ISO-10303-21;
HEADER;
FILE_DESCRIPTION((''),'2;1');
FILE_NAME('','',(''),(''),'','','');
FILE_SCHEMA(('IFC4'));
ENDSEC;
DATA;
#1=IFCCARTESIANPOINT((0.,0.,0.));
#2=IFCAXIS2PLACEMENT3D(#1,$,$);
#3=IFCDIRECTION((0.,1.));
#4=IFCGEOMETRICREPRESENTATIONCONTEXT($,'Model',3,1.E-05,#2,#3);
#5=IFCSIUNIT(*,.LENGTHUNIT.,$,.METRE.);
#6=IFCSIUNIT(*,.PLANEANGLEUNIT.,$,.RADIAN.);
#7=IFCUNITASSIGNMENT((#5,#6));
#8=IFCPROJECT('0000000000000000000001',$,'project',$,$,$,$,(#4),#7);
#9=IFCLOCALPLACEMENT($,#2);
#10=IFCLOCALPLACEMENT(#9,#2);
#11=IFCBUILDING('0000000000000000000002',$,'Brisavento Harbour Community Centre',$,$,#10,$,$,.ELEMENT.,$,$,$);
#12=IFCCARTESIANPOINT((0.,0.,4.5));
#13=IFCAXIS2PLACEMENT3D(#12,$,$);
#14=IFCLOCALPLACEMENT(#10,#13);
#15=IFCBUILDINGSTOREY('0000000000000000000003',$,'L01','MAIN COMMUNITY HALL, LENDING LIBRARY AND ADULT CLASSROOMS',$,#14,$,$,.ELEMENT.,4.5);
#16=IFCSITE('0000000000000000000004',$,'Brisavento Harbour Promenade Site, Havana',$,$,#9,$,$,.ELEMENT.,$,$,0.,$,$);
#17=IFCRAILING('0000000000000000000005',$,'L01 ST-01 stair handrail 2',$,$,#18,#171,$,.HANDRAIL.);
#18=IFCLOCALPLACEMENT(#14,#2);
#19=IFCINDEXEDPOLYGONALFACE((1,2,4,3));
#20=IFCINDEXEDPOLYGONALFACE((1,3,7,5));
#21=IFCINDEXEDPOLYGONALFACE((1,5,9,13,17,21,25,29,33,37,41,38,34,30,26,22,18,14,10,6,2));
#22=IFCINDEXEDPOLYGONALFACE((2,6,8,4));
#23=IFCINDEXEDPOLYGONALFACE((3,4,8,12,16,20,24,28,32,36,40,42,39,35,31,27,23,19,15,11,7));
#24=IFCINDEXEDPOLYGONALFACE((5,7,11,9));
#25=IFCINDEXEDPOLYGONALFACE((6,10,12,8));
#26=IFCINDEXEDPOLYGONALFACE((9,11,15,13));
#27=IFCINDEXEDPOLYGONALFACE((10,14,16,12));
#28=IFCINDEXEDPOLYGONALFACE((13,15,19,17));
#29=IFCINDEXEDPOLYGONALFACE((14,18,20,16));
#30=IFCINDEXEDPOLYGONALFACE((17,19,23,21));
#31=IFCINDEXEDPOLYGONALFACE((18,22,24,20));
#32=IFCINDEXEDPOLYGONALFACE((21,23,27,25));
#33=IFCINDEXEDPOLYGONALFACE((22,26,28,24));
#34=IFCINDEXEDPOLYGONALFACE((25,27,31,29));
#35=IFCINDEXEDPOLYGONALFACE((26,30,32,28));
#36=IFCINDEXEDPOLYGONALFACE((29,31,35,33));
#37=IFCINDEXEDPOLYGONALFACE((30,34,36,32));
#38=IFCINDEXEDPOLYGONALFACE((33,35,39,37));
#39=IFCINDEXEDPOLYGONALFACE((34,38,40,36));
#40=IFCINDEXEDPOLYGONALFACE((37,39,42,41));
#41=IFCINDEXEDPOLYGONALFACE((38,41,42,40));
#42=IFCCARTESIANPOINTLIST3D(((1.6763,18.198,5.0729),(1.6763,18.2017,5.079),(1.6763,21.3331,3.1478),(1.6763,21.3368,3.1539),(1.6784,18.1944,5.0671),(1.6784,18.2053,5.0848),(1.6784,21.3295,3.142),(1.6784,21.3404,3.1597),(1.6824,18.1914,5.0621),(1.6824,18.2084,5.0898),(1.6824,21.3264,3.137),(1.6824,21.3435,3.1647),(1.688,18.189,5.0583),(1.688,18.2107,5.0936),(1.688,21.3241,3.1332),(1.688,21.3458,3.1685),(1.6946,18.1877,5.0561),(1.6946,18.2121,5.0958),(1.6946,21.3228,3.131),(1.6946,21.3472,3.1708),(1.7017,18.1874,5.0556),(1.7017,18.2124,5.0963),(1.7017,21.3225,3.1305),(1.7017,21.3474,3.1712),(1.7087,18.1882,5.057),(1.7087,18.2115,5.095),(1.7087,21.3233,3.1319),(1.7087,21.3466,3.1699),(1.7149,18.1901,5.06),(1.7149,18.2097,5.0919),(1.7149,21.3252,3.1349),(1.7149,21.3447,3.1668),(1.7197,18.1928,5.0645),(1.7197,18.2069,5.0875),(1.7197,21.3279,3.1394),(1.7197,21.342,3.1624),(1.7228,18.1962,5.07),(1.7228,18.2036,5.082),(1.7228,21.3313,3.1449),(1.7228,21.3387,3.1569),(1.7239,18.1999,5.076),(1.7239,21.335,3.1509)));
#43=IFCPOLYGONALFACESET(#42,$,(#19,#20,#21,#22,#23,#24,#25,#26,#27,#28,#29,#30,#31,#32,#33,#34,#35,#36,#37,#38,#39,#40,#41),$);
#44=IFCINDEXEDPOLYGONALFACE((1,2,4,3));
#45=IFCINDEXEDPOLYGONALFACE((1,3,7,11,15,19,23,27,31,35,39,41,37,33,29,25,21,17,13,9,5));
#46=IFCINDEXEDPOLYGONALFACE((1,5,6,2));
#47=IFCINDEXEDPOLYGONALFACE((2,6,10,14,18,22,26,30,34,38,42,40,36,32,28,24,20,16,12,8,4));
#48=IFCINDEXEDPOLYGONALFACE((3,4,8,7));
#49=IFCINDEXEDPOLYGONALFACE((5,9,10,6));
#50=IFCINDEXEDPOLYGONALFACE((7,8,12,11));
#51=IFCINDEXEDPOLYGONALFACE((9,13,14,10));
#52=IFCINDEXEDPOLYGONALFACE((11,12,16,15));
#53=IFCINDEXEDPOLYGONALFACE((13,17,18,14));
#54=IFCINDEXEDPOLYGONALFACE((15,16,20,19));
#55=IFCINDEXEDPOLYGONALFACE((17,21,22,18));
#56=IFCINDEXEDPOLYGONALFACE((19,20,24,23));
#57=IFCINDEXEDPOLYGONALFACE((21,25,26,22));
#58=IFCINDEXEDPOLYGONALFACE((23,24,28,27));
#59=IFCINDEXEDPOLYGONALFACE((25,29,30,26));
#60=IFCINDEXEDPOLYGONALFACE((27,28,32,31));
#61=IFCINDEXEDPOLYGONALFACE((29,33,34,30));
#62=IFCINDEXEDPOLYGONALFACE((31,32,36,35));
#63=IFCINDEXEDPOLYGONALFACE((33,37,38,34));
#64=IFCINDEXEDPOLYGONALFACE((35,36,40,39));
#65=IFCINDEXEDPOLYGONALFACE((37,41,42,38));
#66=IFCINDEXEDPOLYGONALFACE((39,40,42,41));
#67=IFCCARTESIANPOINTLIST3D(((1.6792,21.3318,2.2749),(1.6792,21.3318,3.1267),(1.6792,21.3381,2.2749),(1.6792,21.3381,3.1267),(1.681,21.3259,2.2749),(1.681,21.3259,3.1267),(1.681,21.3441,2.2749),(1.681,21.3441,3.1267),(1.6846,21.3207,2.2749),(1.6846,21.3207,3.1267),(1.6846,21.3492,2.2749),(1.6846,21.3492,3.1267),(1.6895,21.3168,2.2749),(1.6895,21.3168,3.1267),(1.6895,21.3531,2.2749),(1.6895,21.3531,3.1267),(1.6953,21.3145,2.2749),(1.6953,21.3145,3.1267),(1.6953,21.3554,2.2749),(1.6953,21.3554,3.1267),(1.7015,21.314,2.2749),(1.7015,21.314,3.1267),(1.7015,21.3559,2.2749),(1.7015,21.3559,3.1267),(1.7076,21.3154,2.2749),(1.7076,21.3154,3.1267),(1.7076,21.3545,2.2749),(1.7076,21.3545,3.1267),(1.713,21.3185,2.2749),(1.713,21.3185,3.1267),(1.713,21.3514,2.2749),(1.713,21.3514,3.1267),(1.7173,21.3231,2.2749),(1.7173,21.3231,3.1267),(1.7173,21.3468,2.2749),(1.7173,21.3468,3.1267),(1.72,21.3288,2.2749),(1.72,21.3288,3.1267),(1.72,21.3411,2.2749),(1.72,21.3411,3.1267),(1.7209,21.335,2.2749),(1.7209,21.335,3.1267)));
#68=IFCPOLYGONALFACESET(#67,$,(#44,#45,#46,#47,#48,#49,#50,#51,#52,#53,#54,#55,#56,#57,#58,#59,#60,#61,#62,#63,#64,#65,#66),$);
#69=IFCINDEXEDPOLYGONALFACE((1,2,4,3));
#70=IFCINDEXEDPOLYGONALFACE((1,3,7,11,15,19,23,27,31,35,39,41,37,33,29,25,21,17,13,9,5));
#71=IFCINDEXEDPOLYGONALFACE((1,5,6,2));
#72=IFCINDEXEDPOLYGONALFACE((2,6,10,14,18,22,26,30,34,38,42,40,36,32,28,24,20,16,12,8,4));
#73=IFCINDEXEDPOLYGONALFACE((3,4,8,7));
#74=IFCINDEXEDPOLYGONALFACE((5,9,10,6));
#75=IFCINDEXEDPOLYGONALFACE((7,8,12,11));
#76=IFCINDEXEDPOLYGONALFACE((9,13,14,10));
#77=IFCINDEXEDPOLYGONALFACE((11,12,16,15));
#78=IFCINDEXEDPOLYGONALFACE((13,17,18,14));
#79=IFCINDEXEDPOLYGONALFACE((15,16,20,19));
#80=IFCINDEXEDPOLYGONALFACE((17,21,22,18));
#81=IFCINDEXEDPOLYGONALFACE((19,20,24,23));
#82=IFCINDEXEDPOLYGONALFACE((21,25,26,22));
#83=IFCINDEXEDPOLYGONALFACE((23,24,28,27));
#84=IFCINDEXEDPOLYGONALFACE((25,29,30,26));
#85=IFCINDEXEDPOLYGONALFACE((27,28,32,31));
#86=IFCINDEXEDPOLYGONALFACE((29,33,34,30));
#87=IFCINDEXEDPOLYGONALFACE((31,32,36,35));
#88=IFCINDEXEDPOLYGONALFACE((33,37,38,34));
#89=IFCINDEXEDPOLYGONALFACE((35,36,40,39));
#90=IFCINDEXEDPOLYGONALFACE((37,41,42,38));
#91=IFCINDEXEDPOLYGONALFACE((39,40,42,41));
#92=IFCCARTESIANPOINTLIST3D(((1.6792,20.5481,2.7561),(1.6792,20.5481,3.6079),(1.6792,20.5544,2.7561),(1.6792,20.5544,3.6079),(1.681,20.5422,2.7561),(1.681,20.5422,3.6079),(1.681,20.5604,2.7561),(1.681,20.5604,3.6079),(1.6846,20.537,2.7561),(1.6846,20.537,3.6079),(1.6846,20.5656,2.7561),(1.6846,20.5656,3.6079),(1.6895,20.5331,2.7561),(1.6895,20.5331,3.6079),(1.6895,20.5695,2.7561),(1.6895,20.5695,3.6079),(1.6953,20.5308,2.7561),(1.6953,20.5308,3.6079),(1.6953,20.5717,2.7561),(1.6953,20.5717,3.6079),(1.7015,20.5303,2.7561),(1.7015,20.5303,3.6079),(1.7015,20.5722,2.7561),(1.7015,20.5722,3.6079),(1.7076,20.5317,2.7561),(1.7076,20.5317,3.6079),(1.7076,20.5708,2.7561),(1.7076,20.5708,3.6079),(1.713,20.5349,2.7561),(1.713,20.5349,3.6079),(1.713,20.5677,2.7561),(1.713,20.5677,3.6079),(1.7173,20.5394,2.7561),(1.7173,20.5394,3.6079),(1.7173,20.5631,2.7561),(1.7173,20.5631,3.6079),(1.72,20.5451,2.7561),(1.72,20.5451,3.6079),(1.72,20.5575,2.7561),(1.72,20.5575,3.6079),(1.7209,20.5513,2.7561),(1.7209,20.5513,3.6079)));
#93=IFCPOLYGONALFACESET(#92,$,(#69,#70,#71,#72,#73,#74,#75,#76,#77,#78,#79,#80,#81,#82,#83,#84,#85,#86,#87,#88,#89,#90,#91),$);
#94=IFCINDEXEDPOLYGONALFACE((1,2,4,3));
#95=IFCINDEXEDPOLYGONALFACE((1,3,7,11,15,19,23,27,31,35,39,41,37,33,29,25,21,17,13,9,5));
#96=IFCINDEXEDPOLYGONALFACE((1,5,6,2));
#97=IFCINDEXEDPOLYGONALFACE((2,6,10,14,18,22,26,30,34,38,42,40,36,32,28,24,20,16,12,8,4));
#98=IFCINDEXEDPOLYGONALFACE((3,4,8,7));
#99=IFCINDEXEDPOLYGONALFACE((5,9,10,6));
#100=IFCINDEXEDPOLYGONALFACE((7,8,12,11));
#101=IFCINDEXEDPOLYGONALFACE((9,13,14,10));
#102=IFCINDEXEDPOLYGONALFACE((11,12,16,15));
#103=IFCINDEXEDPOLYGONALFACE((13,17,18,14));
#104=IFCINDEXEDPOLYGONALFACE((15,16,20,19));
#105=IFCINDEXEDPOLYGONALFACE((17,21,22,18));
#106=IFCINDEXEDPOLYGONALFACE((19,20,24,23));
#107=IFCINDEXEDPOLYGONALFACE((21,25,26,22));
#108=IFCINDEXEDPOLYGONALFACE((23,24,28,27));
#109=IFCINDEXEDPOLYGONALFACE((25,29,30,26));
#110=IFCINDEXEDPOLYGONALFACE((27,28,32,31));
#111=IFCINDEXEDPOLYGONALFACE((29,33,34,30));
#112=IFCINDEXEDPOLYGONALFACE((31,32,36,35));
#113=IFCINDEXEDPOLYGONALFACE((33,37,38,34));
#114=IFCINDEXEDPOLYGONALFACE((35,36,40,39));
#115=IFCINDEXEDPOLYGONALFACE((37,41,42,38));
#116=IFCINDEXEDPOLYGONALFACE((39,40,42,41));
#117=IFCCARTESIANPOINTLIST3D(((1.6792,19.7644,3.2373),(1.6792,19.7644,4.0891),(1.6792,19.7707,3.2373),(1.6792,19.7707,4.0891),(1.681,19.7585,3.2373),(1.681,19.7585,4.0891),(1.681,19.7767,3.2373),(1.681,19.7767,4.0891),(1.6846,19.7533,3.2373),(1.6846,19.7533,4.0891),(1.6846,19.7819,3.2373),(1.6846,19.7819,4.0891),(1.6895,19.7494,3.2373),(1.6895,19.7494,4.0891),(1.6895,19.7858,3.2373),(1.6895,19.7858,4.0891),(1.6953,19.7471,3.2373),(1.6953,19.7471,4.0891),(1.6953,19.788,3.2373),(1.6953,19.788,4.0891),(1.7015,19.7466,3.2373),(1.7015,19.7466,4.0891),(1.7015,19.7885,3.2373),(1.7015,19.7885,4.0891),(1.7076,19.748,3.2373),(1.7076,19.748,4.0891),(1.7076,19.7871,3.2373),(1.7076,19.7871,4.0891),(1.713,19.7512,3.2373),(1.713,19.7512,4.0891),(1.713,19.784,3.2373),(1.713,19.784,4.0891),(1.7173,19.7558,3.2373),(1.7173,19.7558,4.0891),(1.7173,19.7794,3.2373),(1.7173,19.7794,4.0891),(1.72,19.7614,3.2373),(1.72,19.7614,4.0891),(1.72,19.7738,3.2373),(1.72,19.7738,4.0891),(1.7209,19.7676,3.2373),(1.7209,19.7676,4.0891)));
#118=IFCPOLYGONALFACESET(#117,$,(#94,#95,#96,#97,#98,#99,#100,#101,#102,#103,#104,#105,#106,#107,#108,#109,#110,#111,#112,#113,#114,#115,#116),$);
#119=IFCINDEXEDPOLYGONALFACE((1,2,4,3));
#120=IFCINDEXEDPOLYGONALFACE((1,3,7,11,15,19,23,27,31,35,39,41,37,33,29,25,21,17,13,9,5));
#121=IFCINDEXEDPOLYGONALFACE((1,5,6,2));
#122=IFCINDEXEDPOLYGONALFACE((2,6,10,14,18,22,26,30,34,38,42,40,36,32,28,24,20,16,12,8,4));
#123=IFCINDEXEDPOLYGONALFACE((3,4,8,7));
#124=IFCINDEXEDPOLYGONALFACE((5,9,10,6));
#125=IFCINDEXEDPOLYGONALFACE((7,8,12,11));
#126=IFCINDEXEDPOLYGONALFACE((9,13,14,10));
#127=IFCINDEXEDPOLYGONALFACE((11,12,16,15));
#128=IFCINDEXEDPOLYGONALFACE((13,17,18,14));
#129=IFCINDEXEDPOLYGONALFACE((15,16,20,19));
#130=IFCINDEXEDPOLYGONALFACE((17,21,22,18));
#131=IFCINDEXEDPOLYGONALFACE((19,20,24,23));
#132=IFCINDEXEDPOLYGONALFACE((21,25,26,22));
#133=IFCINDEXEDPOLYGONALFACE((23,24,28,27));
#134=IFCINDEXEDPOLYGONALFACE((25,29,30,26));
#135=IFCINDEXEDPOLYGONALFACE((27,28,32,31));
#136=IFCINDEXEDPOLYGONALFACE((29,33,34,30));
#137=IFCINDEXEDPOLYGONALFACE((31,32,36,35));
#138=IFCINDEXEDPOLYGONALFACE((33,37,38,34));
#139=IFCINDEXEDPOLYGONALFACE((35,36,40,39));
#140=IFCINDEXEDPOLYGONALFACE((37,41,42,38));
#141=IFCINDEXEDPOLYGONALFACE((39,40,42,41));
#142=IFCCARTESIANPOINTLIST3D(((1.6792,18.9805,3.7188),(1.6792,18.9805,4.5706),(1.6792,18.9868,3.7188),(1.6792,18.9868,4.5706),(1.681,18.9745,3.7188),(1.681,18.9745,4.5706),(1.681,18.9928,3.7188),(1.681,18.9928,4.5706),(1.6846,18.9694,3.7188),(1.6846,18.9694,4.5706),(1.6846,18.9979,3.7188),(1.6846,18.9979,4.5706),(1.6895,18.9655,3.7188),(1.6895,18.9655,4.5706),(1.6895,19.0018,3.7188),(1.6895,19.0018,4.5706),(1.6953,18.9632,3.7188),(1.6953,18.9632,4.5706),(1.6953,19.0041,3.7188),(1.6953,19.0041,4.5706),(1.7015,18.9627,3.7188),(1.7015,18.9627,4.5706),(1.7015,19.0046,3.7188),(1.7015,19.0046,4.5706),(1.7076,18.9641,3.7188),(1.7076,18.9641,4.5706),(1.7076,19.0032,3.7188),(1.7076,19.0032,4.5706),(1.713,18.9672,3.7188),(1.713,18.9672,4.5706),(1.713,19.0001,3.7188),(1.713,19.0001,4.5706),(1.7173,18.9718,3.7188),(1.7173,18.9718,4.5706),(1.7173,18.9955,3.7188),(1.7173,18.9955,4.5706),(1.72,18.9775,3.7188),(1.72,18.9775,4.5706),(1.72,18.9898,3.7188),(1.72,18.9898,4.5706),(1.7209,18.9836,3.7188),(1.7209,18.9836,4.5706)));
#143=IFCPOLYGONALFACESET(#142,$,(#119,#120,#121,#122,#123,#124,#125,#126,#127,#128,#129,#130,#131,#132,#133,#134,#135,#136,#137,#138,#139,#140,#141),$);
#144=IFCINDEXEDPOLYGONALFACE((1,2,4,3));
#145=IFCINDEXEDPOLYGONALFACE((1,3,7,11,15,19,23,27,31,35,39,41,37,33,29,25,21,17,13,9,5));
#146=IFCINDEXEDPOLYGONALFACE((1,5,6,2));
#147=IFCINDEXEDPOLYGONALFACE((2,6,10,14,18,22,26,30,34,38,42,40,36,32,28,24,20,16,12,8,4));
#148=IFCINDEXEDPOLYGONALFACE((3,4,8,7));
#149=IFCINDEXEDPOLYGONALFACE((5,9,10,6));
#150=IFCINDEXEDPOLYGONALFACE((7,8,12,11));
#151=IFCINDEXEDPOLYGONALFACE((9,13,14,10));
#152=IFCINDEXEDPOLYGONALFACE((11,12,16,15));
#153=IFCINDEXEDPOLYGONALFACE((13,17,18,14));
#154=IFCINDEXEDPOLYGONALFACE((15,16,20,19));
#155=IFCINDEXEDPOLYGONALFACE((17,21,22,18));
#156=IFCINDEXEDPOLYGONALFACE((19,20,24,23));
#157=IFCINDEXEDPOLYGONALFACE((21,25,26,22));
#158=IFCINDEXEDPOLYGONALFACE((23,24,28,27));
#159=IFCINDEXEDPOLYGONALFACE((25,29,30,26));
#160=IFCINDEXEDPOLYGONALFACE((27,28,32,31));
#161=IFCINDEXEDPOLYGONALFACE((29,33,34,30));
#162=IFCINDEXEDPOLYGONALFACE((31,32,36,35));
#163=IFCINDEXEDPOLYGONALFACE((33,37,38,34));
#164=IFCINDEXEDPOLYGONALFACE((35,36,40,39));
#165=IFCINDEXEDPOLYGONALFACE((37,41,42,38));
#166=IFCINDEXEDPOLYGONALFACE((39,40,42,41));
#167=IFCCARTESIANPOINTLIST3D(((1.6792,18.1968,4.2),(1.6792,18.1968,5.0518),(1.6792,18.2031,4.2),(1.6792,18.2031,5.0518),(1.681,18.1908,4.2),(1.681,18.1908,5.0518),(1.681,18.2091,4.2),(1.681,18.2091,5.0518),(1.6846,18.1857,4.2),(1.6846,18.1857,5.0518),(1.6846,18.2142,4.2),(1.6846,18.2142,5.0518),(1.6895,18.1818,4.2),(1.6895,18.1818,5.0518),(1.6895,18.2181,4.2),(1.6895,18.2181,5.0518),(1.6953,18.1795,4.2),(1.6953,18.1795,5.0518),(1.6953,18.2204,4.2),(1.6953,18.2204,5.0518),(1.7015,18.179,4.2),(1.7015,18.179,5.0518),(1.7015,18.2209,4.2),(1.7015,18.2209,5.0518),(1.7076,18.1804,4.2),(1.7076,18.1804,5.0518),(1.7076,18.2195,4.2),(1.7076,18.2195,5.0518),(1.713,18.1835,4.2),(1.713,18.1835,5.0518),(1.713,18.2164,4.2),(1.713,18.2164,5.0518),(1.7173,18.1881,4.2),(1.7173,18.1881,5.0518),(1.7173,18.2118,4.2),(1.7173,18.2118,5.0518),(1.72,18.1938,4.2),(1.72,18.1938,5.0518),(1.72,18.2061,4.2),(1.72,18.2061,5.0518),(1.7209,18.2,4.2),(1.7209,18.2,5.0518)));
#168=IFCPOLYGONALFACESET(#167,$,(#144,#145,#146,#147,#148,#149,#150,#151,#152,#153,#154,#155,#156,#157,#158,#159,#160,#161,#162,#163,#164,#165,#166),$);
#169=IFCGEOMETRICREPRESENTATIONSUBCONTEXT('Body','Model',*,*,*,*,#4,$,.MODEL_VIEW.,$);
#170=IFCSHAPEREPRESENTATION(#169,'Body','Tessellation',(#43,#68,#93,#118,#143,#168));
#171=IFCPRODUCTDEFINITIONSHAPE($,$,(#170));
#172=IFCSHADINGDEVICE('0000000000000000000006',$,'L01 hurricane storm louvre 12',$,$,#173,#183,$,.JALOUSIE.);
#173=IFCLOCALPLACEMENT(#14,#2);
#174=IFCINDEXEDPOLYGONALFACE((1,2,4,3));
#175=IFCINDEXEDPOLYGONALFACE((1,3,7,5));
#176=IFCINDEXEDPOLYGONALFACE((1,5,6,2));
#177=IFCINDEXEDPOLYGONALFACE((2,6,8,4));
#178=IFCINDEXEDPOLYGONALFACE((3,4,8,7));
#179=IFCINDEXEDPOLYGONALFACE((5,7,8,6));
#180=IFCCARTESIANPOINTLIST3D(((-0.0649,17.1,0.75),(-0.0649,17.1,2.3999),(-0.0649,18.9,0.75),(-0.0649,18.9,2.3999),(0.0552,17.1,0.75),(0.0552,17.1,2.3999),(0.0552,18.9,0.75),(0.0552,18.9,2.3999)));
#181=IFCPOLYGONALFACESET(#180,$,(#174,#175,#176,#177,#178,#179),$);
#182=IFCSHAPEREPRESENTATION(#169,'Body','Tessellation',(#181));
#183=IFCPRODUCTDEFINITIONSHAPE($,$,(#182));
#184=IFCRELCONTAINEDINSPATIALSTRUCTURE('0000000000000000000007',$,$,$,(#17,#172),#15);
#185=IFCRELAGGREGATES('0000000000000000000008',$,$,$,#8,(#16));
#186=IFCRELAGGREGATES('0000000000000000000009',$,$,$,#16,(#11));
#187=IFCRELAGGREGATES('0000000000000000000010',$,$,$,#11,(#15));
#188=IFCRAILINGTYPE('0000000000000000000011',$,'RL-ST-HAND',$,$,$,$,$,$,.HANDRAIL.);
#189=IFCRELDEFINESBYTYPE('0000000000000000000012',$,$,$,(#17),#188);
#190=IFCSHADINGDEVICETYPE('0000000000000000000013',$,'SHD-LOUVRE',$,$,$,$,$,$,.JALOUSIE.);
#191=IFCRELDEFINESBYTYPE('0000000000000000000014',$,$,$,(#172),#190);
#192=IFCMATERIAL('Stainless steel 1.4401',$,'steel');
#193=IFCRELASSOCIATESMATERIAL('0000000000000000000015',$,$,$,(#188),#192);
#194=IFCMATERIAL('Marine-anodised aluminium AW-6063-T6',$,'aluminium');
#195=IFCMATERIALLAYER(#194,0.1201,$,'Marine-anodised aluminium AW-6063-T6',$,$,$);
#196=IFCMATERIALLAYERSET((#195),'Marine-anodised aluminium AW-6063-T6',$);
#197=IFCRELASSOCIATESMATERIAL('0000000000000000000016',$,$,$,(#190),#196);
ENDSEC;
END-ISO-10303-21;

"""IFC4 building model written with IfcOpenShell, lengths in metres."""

from ifc_helpers import new_model, si_unit, direction, frame, origin, origin_2d, place, context, subcontext, project, spatial, rectangle, circle, extrude, material, layer, layer_set, type_object, element, save


model = new_model("IFC4")

# Units and contexts
model_context = context("Model", 3, precision=1e-05, world=origin(), true_north=direction((0.0, 1.0)))
body_context = subcontext(model_context, "Body", "Model", "MODEL_VIEW")
ifc_project = project(units=[si_unit("LENGTHUNIT", "METRE"), si_unit("PLANEANGLEUNIT", "RADIAN")], contexts=[model_context])

# Site, building, storey
site_placement = place(None, origin())
site = spatial("IfcSite", under=ifc_project, at=site_placement, Name="Brisavento Harbour Promenade Site, Havana", CompositionType="ELEMENT", RefElevation=0.0)
building_placement = place(site_placement, origin())
building = spatial("IfcBuilding", under=site, at=building_placement, Name="Brisavento Harbour Community Centre", CompositionType="ELEMENT")
storey_placement = place(building_placement, frame((0.0, 0.0, 4.5)))
storey = spatial("IfcBuildingStorey", under=building, at=storey_placement, Name="L01", Description="MAIN COMMUNITY HALL, LENDING LIBRARY AND ADULT CLASSROOMS", CompositionType="ELEMENT", Elevation=4.5)

# Shared definitions
ifc_material_1 = material(Name="Marine-anodised aluminium AW-6063-T6", Category="aluminium")

# Shared definitions
ifc_material_2 = material(Name="Stainless steel 1.4401", Category="steel")

# Railing
railing_type_1 = type_object("IfcRailingType", Name="RL-ST-HAND", PredefinedType="HANDRAIL", material=ifc_material_2)
railing_1_placement = place(storey_placement, frame((1.7, 21.335, 2.2749)))
element("IfcRailing", 1, at=railing_1_placement, inside=storey, type_object=railing_type_1, Name="L01 ST-01 stair handrail 2", PredefinedType="HANDRAIL", context=body_context, shape_type="SweptSolid", body=[
    extrude(circle(Radius=0.0239, at=origin_2d()), frame((0.0, 0.0, 0.876), z_axis=(0.0, -0.852166, 0.523271), x_axis=(1.0, 0.0, 0.0)), (0.0, 0.0, 1.0), 3.679),
    extrude(circle(Radius=0.021, at=origin_2d()), origin(), (0.0, 0.0, 1.0), 0.8518),
    extrude(circle(Radius=0.021, at=origin_2d()), frame((0.0, -0.7837, 0.4812)), (0.0, 0.0, 1.0), 0.8518),
    extrude(circle(Radius=0.021, at=origin_2d()), frame((0.0, -1.5674, 0.9624)), (0.0, 0.0, 1.0), 0.8518),
    extrude(circle(Radius=0.021, at=origin_2d()), frame((0.0, -2.3513, 1.4438)), (0.0, 0.0, 1.0), 0.8518),
    extrude(circle(Radius=0.021, at=origin_2d()), frame((0.0, -3.135, 1.925)), (0.0, 0.0, 1.0), 0.8518),
])

# Shading device
ifc_layer_1 = layer(ifc_material_1, 0.1201, Name="Marine-anodised aluminium AW-6063-T6")
ifc_layer_set_1 = layer_set([ifc_layer_1], Name="Marine-anodised aluminium AW-6063-T6")
shading_device_type = type_object("IfcShadingDeviceType", Name="SHD-LOUVRE", PredefinedType="JALOUSIE", material=ifc_layer_set_1)
shading_device_placement = place(storey_placement, frame((-0.0049, 18.0, 0.75), z_axis=(0.0, 0.0, 1.0), x_axis=(0.0, 1.0, 0.0)))
element("IfcShadingDevice", 2, at=shading_device_placement, inside=storey, type_object=shading_device_type, Name="L01 hurricane storm louvre 12", PredefinedType="JALOUSIE", context=body_context, shape_type="SweptSolid", body=[
    extrude(rectangle(XDim=1.8, YDim=0.1201, at=origin_2d()), origin(), (0.0, 0.0, 1.0), 1.6499),
])

save(model, "model.ifc")
